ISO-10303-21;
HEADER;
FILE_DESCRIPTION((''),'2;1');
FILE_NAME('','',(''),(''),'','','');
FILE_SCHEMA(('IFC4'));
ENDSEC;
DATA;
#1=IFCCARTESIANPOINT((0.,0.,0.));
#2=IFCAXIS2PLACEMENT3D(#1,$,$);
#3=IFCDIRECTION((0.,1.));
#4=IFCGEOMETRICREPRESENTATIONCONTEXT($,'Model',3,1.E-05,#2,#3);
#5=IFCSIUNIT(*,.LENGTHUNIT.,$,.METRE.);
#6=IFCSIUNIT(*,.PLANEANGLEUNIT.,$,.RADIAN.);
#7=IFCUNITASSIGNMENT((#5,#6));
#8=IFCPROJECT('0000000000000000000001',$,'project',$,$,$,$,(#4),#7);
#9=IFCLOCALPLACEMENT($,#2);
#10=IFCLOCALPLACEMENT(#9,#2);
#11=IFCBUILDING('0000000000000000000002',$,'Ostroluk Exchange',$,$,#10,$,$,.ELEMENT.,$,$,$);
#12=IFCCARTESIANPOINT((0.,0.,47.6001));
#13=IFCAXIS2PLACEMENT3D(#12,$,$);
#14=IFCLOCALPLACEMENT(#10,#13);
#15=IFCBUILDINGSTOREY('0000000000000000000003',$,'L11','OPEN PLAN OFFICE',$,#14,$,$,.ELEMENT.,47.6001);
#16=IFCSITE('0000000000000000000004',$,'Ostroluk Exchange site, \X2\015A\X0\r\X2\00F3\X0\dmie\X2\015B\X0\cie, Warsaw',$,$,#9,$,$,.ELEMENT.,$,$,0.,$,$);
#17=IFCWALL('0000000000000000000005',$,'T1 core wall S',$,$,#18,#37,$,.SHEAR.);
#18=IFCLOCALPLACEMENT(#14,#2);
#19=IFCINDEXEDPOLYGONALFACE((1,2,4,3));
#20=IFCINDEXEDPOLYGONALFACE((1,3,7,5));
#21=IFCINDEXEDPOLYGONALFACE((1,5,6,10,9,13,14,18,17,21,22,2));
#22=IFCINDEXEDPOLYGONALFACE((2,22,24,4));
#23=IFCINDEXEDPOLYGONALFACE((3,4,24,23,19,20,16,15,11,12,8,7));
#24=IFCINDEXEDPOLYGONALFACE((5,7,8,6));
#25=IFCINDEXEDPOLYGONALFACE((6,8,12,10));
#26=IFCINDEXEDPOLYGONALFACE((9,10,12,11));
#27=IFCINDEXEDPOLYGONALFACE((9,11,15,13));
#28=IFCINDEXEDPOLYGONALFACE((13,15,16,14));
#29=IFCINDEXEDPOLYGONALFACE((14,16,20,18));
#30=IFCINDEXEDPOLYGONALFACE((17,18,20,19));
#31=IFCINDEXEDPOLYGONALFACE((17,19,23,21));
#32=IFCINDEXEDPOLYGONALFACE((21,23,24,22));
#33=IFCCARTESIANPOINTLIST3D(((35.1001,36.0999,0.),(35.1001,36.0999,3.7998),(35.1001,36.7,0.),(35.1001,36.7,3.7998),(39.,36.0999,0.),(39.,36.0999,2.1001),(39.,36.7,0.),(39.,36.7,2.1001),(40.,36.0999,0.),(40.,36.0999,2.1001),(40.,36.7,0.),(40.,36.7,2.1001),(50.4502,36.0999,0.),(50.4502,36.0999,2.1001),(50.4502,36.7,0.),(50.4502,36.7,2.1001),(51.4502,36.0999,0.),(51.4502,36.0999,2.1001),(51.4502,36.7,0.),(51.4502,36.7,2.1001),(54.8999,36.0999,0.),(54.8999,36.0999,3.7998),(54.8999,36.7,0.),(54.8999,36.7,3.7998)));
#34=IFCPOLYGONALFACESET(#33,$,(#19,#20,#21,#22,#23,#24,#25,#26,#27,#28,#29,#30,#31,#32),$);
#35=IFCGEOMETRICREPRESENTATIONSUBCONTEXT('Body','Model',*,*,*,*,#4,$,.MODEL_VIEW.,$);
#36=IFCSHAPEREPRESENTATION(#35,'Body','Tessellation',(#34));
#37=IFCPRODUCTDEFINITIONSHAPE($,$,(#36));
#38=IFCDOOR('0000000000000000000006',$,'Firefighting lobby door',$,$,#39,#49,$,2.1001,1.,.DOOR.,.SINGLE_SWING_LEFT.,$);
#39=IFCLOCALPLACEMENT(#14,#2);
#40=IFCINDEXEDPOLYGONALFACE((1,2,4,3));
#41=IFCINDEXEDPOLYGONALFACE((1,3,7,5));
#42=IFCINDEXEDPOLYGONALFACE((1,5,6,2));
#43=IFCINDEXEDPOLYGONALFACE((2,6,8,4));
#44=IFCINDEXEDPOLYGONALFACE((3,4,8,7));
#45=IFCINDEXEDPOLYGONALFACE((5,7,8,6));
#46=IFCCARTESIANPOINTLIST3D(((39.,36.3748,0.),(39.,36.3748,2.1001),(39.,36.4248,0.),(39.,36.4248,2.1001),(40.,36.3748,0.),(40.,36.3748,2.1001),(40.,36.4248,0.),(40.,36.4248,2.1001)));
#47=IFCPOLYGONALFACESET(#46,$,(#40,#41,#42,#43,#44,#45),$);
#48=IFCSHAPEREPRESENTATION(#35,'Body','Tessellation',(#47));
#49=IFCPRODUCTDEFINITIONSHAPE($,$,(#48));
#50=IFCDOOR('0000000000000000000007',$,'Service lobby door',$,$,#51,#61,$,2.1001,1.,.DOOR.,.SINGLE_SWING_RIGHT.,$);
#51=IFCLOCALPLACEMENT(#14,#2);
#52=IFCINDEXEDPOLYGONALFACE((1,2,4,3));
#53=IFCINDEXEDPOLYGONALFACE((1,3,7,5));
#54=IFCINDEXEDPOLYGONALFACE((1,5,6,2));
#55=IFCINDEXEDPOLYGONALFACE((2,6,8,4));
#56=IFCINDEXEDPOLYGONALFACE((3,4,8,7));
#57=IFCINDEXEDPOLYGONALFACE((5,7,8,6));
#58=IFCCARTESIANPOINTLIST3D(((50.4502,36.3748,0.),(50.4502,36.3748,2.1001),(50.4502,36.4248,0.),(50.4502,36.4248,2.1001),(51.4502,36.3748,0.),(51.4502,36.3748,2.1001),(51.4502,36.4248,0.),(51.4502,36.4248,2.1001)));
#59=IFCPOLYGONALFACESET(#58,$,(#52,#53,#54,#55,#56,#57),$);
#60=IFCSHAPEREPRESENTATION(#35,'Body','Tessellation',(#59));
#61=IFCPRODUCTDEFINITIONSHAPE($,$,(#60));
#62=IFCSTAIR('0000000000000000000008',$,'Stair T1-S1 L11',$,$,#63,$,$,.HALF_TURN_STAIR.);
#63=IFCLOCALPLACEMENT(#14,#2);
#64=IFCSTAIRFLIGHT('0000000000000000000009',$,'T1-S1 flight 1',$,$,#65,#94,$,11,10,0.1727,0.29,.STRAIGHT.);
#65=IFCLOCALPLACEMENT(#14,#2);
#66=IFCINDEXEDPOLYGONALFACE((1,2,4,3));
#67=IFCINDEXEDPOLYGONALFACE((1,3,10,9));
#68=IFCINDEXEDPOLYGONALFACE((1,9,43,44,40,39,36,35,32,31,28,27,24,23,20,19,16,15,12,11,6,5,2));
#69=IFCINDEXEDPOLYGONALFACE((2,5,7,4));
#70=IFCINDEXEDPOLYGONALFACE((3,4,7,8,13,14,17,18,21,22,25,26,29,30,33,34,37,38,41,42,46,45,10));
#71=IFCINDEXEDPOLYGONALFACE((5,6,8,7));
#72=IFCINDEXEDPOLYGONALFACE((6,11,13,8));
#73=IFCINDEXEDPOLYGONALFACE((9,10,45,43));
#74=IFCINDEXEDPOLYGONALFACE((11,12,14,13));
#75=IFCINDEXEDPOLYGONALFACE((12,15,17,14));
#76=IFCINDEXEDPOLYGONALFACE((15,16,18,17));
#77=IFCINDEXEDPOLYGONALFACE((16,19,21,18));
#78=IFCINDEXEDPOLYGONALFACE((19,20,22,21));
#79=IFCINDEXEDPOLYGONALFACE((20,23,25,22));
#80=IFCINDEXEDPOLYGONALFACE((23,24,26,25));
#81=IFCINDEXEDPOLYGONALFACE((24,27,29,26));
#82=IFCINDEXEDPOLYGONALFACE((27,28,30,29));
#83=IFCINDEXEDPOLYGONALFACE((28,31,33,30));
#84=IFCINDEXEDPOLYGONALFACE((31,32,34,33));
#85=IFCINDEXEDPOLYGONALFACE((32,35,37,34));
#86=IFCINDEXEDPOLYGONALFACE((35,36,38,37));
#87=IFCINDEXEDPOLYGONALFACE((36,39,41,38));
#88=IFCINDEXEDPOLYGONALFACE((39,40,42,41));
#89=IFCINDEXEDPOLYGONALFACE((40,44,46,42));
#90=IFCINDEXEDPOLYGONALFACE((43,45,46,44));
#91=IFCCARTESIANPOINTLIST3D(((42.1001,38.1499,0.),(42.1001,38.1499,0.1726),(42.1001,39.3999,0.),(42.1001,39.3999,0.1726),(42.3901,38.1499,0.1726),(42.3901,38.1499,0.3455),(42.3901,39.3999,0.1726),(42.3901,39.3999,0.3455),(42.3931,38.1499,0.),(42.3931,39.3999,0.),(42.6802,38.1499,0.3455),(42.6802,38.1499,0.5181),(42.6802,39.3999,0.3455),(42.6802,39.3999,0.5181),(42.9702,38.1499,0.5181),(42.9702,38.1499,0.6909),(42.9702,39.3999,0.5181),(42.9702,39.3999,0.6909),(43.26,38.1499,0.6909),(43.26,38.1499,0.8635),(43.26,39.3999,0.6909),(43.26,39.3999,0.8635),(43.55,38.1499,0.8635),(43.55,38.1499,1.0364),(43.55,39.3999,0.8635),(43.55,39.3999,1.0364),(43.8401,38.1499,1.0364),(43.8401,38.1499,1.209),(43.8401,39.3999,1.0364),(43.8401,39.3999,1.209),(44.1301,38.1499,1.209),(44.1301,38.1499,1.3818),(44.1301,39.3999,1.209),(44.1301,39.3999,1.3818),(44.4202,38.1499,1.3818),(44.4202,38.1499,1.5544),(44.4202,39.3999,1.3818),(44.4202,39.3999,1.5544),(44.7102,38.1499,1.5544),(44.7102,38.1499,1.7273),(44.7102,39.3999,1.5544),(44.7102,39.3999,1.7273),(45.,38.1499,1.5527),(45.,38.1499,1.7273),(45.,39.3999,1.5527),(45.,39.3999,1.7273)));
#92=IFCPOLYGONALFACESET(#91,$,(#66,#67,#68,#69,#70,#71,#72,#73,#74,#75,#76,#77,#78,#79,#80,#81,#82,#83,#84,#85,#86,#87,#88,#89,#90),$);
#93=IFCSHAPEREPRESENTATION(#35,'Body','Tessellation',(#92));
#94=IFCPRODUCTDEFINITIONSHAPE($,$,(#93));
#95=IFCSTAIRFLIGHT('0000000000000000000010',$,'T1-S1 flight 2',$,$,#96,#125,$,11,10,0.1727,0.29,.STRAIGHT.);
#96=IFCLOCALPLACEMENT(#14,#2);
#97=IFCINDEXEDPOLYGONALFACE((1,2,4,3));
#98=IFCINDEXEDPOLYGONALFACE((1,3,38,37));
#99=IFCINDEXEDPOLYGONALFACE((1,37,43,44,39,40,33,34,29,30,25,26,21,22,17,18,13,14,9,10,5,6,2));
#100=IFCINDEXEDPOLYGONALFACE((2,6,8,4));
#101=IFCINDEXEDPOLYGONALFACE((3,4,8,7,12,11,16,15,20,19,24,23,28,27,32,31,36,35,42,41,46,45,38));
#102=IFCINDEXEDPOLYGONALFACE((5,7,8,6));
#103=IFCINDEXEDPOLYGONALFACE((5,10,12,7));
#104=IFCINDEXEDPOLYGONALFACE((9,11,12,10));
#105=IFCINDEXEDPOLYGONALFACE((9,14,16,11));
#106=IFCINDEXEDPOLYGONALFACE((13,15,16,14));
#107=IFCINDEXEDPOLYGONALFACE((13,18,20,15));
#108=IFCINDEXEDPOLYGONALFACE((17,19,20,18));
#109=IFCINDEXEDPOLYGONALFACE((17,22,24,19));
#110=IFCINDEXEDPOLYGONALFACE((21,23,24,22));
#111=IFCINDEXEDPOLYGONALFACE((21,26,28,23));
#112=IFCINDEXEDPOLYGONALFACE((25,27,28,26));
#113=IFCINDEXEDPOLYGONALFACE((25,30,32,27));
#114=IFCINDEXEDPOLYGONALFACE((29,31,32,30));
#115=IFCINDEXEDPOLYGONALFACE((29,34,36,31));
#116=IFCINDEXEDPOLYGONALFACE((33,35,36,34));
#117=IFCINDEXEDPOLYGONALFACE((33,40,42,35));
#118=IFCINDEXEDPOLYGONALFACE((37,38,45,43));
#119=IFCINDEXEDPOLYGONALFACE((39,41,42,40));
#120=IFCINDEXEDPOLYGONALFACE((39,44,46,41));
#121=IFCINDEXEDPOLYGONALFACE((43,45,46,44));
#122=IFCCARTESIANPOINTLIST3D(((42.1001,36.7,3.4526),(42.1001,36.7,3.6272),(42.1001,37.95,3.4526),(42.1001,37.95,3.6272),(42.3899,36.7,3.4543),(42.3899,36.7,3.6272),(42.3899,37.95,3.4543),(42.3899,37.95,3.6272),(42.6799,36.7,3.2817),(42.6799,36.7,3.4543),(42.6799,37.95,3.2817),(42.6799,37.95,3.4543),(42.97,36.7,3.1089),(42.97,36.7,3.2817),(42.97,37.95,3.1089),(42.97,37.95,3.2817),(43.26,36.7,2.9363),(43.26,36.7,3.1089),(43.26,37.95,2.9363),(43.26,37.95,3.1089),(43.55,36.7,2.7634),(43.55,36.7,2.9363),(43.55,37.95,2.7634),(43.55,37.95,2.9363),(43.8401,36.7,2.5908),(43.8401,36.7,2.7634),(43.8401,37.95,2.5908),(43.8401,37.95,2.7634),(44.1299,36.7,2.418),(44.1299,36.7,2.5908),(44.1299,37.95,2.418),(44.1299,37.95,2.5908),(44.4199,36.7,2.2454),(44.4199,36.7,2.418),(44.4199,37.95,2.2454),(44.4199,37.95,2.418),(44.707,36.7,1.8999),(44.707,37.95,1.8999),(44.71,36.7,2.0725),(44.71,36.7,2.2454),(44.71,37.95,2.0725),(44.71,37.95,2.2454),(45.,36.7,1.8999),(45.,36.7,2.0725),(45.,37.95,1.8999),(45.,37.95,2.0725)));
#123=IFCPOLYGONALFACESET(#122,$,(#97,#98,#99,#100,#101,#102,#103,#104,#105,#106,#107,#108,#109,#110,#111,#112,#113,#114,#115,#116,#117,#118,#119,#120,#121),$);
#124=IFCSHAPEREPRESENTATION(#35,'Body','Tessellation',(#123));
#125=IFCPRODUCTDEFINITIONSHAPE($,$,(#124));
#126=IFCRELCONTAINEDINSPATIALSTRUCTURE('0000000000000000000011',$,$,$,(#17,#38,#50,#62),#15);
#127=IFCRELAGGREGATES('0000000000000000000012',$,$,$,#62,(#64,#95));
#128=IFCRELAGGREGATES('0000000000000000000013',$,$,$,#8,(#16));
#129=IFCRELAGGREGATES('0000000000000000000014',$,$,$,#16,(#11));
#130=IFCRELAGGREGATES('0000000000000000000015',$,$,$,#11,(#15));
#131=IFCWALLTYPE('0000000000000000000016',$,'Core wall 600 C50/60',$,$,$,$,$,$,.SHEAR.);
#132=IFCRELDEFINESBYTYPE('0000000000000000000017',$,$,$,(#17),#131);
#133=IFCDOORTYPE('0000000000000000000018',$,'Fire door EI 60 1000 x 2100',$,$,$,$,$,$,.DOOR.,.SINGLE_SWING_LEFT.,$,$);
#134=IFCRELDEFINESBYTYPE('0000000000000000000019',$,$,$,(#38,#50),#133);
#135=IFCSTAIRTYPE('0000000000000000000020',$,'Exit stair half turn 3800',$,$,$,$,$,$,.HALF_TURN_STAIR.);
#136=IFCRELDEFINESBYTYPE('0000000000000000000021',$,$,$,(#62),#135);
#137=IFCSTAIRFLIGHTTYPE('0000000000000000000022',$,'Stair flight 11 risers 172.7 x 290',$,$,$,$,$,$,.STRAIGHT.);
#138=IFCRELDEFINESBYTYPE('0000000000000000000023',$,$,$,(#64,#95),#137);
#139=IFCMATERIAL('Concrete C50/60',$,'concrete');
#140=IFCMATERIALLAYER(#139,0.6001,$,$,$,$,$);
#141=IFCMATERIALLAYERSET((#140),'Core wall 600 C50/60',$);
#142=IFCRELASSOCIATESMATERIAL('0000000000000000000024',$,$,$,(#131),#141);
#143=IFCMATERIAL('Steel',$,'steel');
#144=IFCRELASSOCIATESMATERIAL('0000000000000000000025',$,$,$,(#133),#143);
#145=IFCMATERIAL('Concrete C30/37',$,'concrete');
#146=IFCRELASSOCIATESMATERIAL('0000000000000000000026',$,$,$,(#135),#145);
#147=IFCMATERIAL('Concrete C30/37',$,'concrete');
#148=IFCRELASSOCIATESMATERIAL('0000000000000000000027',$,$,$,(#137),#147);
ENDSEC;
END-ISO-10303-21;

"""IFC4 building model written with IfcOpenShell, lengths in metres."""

from ifc_helpers import new_model, si_unit, direction, frame, frame_2d, origin, place, context, subcontext, project, spatial, polyline, rectangle, outline, extrude, material, layer, layer_set, type_object, element, fill, aggregate, save


model = new_model("IFC4")

# Units and contexts
model_context = context("Model", 3, precision=1e-05, world=origin(), true_north=direction((0.0, 1.0)))
body_context = subcontext(model_context, "Body", "Model", "MODEL_VIEW")
ifc_project = project(units=[si_unit("LENGTHUNIT", "METRE"), si_unit("PLANEANGLEUNIT", "RADIAN")], contexts=[model_context])

# Site, building, storey
site_placement = place(None, origin())
site = spatial("IfcSite", under=ifc_project, at=site_placement, Name="Ostroluk Exchange site, Śródmieście, Warsaw", CompositionType="ELEMENT", RefElevation=0.0)
building_placement = place(site_placement, origin())
building = spatial("IfcBuilding", under=site, at=building_placement, Name="Ostroluk Exchange", CompositionType="ELEMENT")
storey_placement = place(building_placement, frame((0.0, 0.0, 47.6001)))
storey = spatial("IfcBuildingStorey", under=building, at=storey_placement, Name="L11", Description="OPEN PLAN OFFICE", CompositionType="ELEMENT", Elevation=47.6001)

# Wall, openings, doors
ifc_material_1 = material(Name="Concrete C50/60", Category="concrete")
ifc_layer_1 = layer(ifc_material_1, 0.6001)
ifc_layer_set_1 = layer_set([ifc_layer_1], Name="Core wall 600 C50/60")
wall_type_1 = type_object("IfcWallType", Name="Core wall 600 C50/60", PredefinedType="SHEAR", material=ifc_layer_set_1)
wall_1_placement = place(storey_placement, frame((35.1001, 36.3999, 0.0), z_axis=(0.0, 0.0, 1.0), x_axis=(1.0, 0.0, 0.0)))
wall_1 = element("IfcWall", 1, at=wall_1_placement, inside=storey, type_object=wall_type_1, Name="T1 core wall S", PredefinedType="SHEAR", context=body_context, shape_type="SweptSolid", body=[
    extrude(rectangle(XDim=19.7998, YDim=0.6001, at=frame_2d((9.8999, 0.0))), origin(), (0.0, 0.0, 1.0), 3.7998),
])
opening_1_placement = place(wall_1_placement, frame((3.8999, 0.0, 0.0)))
opening_1 = element("IfcOpeningElement", 2, at=opening_1_placement, cuts=wall_1, PredefinedType="OPENING", context=body_context, shape_type="SweptSolid", body=[
    extrude(rectangle(XDim=1.0, YDim=2.1001, at=frame_2d((0.5, 1.05))), frame((0.0, 0.3101, 0.0), z_axis=(0.0, -1.0, 0.0), x_axis=(1.0, 0.0, 0.0)), (0.0, 0.0, 1.0), 0.6201),
])
opening_2_placement = place(wall_1_placement, frame((15.3501, 0.0, 0.0)))
opening_2 = element("IfcOpeningElement", 3, at=opening_2_placement, cuts=wall_1, PredefinedType="OPENING", context=body_context, shape_type="SweptSolid", body=[
    extrude(rectangle(XDim=1.0, YDim=2.1001, at=frame_2d((0.5, 1.05))), frame((0.0, 0.3101, 0.0), z_axis=(0.0, -1.0, 0.0), x_axis=(1.0, 0.0, 0.0)), (0.0, 0.0, 1.0), 0.6201),
])
ifc_material_2 = material(Name="Steel", Category="steel")
door_type_1 = type_object("IfcDoorType", Name="Fire door EI 60 1000 x 2100", OperationType="SINGLE_SWING_LEFT", PredefinedType="DOOR", material=ifc_material_2)
door_1_placement = place(opening_1_placement, origin())
door_1 = element("IfcDoor", 4, at=door_1_placement, inside=storey, type_object=door_type_1, Name="Firefighting lobby door", OperationType="SINGLE_SWING_LEFT", OverallHeight=2.1001, OverallWidth=1.0, PredefinedType="DOOR", context=body_context, shape_type="SweptSolid", body=[
    extrude(rectangle(XDim=1.0, YDim=2.1001, at=frame_2d((0.5, 1.05))), frame((0.0, 0.0249, 0.0), z_axis=(0.0, -1.0, 0.0), x_axis=(1.0, 0.0, 0.0)), (0.0, 0.0, 1.0), 0.05),
])
fill(opening_1, door_1)
door_2_placement = place(opening_2_placement, origin())
door_2 = element("IfcDoor", 5, at=door_2_placement, inside=storey, type_object=door_type_1, Name="Service lobby door", OperationType="SINGLE_SWING_RIGHT", OverallHeight=2.1001, OverallWidth=1.0, PredefinedType="DOOR", context=body_context, shape_type="SweptSolid", body=[
    extrude(rectangle(XDim=1.0, YDim=2.1001, at=frame_2d((0.5, 1.05))), frame((0.0, 0.0249, 0.0), z_axis=(0.0, -1.0, 0.0), x_axis=(1.0, 0.0, 0.0)), (0.0, 0.0, 1.0), 0.05),
])
fill(opening_2, door_2)

# Stair, stair flights
ifc_material_3 = material(Name="Concrete C30/37", Category="concrete")
stair_type = type_object("IfcStairType", Name="Exit stair half turn 3800", PredefinedType="HALF_TURN_STAIR", material=ifc_material_3)
stair_placement = place(storey_placement, origin())
stair = element("IfcStair", 6, at=stair_placement, inside=storey, type_object=stair_type, Name="Stair T1-S1 L11", PredefinedType="HALF_TURN_STAIR")
ifc_material_4 = material(Name="Concrete C30/37", Category="concrete")
stair_flight_type = type_object("IfcStairFlightType", Name="Stair flight 11 risers 172.7 x 290", PredefinedType="STRAIGHT", material=ifc_material_4)
stair_flight_1_placement = place(storey_placement, frame((42.1001, 38.7749, 0.0), z_axis=(0.0, 0.0, 1.0), x_axis=(1.0, 0.0, 0.0)))
stair_flight_1 = element("IfcStairFlight", 7, at=stair_flight_1_placement, type_object=stair_flight_type, Name="T1-S1 flight 1", NumberOfRisers=11, NumberOfTreads=10, PredefinedType="STRAIGHT", RiserHeight=0.1727, TreadLength=0.29, context=body_context, shape_type="SweptSolid", body=[
    extrude(outline(polyline([(0.0, 0.0), (0.0, 0.1726), (0.29, 0.1726), (0.29, 0.3455), (0.5801, 0.3455), (0.5801, 0.5181), (0.8701, 0.5181), (0.8701, 0.6909), (1.1599, 0.6909), (1.1599, 0.8635), (1.45, 0.8635), (1.45, 1.0364), (1.74, 1.0364), (1.74, 1.209), (2.03, 1.209), (2.03, 1.3818), (2.3201, 1.3818), (2.3201, 1.5544), (2.6101, 1.5544), (2.6101, 1.7273), (2.8999, 1.7273), (2.8999, 1.8999), (2.8999, 1.5527), (0.293, 0.0), (0.0, 0.0)])), frame((0.0, 0.625, 0.0), z_axis=(0.0, -1.0, 0.0), x_axis=(1.0, 0.0, 0.0)), (0.0, 0.0, 1.0), 1.25),
])
stair_flight_2_placement = place(storey_placement, frame((45.0, 37.325, 1.8999), z_axis=(0.0, 0.0, 1.0), x_axis=(-1.0, 0.0, 0.0)))
stair_flight_2 = element("IfcStairFlight", 8, at=stair_flight_2_placement, type_object=stair_flight_type, Name="T1-S1 flight 2", NumberOfRisers=11, NumberOfTreads=10, PredefinedType="STRAIGHT", RiserHeight=0.1727, TreadLength=0.29, context=body_context, shape_type="SweptSolid", body=[
    extrude(outline(polyline([(0.0, 0.0), (0.0, 0.1726), (0.29, 0.1726), (0.29, 0.3455), (0.5801, 0.3455), (0.5801, 0.5181), (0.8701, 0.5181), (0.8701, 0.6909), (1.1599, 0.6909), (1.1599, 0.8635), (1.45, 0.8635), (1.45, 1.0364), (1.74, 1.0364), (1.74, 1.209), (2.03, 1.209), (2.03, 1.3818), (2.3201, 1.3818), (2.3201, 1.5544), (2.6101, 1.5544), (2.6101, 1.7273), (2.8999, 1.7273), (2.8999, 1.8999), (2.8999, 1.5527), (0.293, 0.0), (0.0, 0.0)])), frame((0.0, 0.625, 0.0), z_axis=(0.0, -1.0, 0.0), x_axis=(1.0, 0.0, 0.0)), (0.0, 0.0, 1.0), 1.25),
])
aggregate(stair, [stair_flight_1, stair_flight_2])

save(model, "model.ifc")
